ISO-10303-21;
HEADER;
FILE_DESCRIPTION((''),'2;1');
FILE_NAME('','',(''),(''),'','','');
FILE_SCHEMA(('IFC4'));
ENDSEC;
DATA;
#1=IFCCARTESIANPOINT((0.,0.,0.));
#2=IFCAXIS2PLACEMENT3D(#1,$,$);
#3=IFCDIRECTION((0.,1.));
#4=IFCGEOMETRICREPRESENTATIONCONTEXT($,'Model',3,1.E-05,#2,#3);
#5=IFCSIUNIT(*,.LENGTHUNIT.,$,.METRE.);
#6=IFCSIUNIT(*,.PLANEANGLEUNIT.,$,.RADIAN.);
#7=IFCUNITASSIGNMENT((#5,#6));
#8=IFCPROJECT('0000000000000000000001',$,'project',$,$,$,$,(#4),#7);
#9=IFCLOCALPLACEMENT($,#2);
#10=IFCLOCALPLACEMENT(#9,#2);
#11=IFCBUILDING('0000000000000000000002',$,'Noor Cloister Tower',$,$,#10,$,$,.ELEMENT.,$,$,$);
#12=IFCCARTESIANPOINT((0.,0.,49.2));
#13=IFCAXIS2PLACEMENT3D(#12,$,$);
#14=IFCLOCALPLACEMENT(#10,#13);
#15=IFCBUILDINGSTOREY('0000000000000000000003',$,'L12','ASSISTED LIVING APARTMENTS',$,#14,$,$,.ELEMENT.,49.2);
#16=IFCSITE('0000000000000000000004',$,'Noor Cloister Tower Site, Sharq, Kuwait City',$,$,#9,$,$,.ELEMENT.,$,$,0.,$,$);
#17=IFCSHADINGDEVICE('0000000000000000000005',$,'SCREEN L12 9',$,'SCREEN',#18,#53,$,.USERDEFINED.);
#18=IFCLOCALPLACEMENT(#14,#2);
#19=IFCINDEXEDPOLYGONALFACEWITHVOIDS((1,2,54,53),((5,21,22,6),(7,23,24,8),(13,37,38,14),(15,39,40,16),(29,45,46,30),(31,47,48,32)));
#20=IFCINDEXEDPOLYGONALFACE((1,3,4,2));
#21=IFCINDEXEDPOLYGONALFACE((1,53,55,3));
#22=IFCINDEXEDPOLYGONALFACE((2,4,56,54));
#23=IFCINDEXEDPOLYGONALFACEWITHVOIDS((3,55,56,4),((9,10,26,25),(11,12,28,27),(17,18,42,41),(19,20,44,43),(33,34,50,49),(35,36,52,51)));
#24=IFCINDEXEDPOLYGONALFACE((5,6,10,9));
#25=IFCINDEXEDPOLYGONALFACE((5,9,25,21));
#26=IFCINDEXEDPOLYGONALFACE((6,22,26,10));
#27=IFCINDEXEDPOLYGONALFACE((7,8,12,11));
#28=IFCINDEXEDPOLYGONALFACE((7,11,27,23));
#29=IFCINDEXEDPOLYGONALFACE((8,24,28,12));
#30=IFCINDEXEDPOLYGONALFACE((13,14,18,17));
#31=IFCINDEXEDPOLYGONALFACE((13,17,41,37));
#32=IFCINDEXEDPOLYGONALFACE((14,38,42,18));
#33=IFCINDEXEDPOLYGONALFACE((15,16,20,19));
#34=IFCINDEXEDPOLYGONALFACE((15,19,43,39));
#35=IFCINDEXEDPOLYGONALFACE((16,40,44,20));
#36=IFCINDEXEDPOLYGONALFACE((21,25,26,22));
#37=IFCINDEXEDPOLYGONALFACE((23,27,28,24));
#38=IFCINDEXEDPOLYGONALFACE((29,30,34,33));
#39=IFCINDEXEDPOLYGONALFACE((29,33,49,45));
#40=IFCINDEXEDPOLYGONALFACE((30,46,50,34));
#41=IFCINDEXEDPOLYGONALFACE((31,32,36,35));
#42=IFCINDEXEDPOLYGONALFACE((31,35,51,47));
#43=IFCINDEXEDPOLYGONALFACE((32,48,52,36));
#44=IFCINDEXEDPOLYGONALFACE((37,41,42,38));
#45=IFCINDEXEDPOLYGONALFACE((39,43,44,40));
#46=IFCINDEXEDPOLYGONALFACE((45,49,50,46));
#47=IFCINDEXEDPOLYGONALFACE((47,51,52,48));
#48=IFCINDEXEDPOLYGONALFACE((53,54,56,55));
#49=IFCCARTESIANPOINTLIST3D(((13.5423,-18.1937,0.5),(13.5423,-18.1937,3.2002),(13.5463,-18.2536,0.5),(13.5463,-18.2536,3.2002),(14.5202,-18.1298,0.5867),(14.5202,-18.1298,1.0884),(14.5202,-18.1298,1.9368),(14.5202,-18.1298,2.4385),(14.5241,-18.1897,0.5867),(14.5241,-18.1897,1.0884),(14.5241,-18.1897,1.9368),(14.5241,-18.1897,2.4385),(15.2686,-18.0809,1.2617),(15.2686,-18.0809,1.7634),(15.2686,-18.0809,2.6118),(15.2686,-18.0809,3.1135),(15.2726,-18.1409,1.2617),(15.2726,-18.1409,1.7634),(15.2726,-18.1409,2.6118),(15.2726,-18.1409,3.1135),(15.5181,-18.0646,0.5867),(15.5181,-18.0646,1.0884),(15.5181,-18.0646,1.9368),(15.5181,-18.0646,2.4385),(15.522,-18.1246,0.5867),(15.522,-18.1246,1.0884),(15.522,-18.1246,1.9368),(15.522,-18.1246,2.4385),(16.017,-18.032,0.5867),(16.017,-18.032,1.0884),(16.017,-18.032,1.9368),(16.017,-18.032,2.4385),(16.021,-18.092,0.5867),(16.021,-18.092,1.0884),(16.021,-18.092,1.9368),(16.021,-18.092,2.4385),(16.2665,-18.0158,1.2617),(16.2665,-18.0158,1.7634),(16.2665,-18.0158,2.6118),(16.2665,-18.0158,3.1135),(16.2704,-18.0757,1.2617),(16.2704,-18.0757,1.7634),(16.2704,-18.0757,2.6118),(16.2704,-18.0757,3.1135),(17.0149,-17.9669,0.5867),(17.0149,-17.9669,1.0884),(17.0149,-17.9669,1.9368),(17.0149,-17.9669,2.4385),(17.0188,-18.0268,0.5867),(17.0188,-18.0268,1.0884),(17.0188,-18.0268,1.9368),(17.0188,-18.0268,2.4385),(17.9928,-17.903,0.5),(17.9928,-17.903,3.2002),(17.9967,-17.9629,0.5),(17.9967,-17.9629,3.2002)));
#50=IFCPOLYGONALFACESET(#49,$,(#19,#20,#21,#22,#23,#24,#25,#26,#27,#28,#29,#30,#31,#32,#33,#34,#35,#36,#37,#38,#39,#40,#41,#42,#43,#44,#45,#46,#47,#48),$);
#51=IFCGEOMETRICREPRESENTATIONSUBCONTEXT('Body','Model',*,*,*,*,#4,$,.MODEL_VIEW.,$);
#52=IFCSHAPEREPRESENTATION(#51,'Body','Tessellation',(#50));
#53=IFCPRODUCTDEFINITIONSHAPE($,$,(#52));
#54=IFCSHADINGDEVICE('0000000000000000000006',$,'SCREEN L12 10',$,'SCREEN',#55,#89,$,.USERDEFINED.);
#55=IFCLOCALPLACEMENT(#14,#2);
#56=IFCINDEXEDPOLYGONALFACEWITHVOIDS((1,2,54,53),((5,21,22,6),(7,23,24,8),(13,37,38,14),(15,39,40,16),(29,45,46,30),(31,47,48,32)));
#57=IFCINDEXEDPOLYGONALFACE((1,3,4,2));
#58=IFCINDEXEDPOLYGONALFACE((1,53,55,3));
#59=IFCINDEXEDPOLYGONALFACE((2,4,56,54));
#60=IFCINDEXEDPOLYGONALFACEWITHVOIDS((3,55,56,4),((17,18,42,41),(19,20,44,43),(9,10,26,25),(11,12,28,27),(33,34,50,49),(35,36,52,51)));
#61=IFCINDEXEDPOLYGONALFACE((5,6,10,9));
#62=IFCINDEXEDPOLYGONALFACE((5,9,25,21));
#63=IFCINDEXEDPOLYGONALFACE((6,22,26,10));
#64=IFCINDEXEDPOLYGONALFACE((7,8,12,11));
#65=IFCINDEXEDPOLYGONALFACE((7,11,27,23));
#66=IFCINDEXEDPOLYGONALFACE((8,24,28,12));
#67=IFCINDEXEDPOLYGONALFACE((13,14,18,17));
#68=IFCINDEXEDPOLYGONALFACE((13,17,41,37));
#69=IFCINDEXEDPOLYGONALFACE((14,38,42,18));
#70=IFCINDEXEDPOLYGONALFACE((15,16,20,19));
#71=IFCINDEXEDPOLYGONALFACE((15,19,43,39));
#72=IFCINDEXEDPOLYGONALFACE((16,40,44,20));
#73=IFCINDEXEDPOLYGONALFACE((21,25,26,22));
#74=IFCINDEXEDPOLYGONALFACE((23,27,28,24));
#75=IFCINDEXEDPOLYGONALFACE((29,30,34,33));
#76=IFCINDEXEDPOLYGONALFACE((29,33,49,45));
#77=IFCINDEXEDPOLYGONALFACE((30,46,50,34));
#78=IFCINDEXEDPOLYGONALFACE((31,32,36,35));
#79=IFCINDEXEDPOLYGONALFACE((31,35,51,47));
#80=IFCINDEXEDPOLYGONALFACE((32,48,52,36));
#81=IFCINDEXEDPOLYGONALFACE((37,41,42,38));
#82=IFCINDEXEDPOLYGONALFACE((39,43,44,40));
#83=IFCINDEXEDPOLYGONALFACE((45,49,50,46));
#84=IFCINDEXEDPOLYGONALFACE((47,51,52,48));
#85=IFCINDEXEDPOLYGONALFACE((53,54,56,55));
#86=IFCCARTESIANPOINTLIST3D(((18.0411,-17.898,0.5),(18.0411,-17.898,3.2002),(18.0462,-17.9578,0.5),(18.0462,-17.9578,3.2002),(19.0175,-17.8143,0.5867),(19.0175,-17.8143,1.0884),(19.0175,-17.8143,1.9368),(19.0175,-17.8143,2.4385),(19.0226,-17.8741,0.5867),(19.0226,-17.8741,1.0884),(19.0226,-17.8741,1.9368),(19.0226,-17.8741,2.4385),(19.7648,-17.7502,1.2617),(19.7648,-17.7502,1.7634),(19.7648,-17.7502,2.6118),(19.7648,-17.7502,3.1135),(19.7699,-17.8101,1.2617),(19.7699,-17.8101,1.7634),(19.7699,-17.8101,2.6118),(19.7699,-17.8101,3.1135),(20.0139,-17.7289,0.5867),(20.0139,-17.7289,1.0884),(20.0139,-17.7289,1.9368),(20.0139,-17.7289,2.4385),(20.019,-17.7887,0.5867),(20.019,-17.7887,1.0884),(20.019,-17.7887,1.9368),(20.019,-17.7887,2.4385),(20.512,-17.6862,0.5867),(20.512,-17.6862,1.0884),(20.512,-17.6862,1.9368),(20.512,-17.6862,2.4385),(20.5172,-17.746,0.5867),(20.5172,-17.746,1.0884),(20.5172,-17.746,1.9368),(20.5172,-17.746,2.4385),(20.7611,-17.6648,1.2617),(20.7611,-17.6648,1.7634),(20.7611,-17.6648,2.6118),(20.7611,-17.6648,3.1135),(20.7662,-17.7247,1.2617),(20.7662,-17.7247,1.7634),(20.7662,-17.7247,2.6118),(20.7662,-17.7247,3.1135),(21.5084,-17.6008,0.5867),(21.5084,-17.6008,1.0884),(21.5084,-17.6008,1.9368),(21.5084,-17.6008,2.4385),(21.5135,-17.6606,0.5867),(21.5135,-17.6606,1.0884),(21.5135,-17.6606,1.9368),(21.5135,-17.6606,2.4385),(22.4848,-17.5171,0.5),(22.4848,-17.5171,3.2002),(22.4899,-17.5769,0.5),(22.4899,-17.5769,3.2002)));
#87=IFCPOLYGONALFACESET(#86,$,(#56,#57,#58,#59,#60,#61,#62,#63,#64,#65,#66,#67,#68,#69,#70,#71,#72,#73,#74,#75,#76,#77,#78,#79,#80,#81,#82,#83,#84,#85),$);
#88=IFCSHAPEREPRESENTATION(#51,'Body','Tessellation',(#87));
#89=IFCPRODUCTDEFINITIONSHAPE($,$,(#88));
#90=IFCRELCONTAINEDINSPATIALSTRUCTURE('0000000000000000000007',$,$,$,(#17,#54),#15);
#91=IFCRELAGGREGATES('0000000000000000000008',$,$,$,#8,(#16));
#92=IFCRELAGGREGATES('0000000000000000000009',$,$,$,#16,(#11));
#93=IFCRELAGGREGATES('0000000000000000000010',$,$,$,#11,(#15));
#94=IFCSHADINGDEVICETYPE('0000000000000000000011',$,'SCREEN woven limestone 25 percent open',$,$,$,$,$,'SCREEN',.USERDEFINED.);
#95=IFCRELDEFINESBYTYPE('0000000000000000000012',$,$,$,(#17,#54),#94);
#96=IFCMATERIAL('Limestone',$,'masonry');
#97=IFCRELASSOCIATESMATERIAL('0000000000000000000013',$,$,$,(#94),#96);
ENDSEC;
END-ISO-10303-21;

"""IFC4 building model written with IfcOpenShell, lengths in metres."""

from ifc_helpers import new_model, si_unit, direction, frame, origin, place, context, subcontext, project, spatial, polyline, outline, extrude, material, material_profile, profile_set, type_object, element, save


model = new_model("IFC4")

# Units and contexts
model_context = context("Model", 3, precision=1e-05, world=origin(), true_north=direction((0.0, 1.0)))
body_context = subcontext(model_context, "Body", "Model", "MODEL_VIEW")
ifc_project = project(units=[si_unit("LENGTHUNIT", "METRE"), si_unit("PLANEANGLEUNIT", "RADIAN")], contexts=[model_context])

# Site, building, storey
site_placement = place(None, origin())
site = spatial("IfcSite", under=ifc_project, at=site_placement, Name="Noor Cloister Tower Site, Sharq, Kuwait City", CompositionType="ELEMENT", RefElevation=0.0)
building_placement = place(site_placement, origin())
building = spatial("IfcBuilding", under=site, at=building_placement, Name="Noor Cloister Tower", CompositionType="ELEMENT")
storey_placement = place(building_placement, frame((0.0, 0.0, 49.2)))
storey = spatial("IfcBuildingStorey", under=building, at=storey_placement, Name="L12", Description="ASSISTED LIVING APARTMENTS", CompositionType="ELEMENT", Elevation=49.2)

# Shading devices
ifc_material_1 = material(Name="Limestone", Category="masonry")
ifc_material_profile_1 = material_profile(ifc_material_1, outline(polyline([(-2.23, -1.3501), (2.23, -1.3501), (2.23, 1.3501), (-2.23, 1.3501), (-2.23, -1.3501)]), holes=[polyline([(-1.25, -1.2634), (-0.25, -1.2634), (-0.25, -0.7617), (-1.25, -0.7617), (-1.25, -1.2634)]), polyline([(0.25, -1.2634), (1.25, -1.2634), (1.25, -0.7617), (0.25, -0.7617), (0.25, -1.2634)]), polyline([(-0.5, -0.5884), (0.5, -0.5884), (0.5, -0.0867), (-0.5, -0.0867), (-0.5, -0.5884)]), polyline([(-1.25, 0.0867), (-0.25, 0.0867), (-0.25, 0.5884), (-1.25, 0.5884), (-1.25, 0.0867)]), polyline([(0.25, 0.0867), (1.25, 0.0867), (1.25, 0.5884), (0.25, 0.5884), (0.25, 0.0867)]), polyline([(-0.5, 0.7617), (0.5, 0.7617), (0.5, 1.2634), (-0.5, 1.2634), (-0.5, 0.7617)])]), Name="Woven screen 25 percent open")
ifc_profile_set_1 = profile_set([ifc_material_profile_1], Name="Limestone")
shading_device_type = type_object("IfcShadingDeviceType", Name="SCREEN woven limestone 25 percent open", ElementType="SCREEN", PredefinedType="USERDEFINED", material=ifc_profile_set_1)
for number, where, z_axis, x_axis, name in (
    (1, (15.7676, -18.0483, 1.8501), (0.065167, -0.997874, 0.0), (0.997874, 0.065167, 0.0), "SCREEN L12 9"),
    (2, (20.2629, -17.7075, 1.8501), (0.085401, -0.996347, 0.0), (0.996347, 0.085401, 0.0), "SCREEN L12 10"),
):
    element("IfcShadingDevice", number, at=place(storey_placement, frame(where, z_axis=z_axis, x_axis=x_axis)), inside=storey, type_object=shading_device_type, Name=name, ObjectType="SCREEN", PredefinedType="USERDEFINED", context=body_context, shape_type="SweptSolid", body=[
        extrude(outline(polyline([(-2.23, -1.3501), (2.23, -1.3501), (2.23, 1.3501), (-2.23, 1.3501), (-2.23, -1.3501)]), holes=[polyline([(-1.25, -1.2634), (-0.25, -1.2634), (-0.25, -0.7617), (-1.25, -0.7617), (-1.25, -1.2634)]), polyline([(0.25, -1.2634), (1.25, -1.2634), (1.25, -0.7617), (0.25, -0.7617), (0.25, -1.2634)]), polyline([(-0.5, -0.5884), (0.5, -0.5884), (0.5, -0.0867), (-0.5, -0.0867), (-0.5, -0.5884)]), polyline([(-1.25, 0.0867), (-0.25, 0.0867), (-0.25, 0.5884), (-1.25, 0.5884), (-1.25, 0.0867)]), polyline([(0.25, 0.0867), (1.25, 0.0867), (1.25, 0.5884), (0.25, 0.5884), (0.25, 0.0867)]), polyline([(-0.5, 0.7617), (0.5, 0.7617), (0.5, 1.2634), (-0.5, 1.2634), (-0.5, 0.7617)])]), origin(), (0.0, 0.0, 1.0), 0.0601),
    ])

save(model, "model.ifc")
